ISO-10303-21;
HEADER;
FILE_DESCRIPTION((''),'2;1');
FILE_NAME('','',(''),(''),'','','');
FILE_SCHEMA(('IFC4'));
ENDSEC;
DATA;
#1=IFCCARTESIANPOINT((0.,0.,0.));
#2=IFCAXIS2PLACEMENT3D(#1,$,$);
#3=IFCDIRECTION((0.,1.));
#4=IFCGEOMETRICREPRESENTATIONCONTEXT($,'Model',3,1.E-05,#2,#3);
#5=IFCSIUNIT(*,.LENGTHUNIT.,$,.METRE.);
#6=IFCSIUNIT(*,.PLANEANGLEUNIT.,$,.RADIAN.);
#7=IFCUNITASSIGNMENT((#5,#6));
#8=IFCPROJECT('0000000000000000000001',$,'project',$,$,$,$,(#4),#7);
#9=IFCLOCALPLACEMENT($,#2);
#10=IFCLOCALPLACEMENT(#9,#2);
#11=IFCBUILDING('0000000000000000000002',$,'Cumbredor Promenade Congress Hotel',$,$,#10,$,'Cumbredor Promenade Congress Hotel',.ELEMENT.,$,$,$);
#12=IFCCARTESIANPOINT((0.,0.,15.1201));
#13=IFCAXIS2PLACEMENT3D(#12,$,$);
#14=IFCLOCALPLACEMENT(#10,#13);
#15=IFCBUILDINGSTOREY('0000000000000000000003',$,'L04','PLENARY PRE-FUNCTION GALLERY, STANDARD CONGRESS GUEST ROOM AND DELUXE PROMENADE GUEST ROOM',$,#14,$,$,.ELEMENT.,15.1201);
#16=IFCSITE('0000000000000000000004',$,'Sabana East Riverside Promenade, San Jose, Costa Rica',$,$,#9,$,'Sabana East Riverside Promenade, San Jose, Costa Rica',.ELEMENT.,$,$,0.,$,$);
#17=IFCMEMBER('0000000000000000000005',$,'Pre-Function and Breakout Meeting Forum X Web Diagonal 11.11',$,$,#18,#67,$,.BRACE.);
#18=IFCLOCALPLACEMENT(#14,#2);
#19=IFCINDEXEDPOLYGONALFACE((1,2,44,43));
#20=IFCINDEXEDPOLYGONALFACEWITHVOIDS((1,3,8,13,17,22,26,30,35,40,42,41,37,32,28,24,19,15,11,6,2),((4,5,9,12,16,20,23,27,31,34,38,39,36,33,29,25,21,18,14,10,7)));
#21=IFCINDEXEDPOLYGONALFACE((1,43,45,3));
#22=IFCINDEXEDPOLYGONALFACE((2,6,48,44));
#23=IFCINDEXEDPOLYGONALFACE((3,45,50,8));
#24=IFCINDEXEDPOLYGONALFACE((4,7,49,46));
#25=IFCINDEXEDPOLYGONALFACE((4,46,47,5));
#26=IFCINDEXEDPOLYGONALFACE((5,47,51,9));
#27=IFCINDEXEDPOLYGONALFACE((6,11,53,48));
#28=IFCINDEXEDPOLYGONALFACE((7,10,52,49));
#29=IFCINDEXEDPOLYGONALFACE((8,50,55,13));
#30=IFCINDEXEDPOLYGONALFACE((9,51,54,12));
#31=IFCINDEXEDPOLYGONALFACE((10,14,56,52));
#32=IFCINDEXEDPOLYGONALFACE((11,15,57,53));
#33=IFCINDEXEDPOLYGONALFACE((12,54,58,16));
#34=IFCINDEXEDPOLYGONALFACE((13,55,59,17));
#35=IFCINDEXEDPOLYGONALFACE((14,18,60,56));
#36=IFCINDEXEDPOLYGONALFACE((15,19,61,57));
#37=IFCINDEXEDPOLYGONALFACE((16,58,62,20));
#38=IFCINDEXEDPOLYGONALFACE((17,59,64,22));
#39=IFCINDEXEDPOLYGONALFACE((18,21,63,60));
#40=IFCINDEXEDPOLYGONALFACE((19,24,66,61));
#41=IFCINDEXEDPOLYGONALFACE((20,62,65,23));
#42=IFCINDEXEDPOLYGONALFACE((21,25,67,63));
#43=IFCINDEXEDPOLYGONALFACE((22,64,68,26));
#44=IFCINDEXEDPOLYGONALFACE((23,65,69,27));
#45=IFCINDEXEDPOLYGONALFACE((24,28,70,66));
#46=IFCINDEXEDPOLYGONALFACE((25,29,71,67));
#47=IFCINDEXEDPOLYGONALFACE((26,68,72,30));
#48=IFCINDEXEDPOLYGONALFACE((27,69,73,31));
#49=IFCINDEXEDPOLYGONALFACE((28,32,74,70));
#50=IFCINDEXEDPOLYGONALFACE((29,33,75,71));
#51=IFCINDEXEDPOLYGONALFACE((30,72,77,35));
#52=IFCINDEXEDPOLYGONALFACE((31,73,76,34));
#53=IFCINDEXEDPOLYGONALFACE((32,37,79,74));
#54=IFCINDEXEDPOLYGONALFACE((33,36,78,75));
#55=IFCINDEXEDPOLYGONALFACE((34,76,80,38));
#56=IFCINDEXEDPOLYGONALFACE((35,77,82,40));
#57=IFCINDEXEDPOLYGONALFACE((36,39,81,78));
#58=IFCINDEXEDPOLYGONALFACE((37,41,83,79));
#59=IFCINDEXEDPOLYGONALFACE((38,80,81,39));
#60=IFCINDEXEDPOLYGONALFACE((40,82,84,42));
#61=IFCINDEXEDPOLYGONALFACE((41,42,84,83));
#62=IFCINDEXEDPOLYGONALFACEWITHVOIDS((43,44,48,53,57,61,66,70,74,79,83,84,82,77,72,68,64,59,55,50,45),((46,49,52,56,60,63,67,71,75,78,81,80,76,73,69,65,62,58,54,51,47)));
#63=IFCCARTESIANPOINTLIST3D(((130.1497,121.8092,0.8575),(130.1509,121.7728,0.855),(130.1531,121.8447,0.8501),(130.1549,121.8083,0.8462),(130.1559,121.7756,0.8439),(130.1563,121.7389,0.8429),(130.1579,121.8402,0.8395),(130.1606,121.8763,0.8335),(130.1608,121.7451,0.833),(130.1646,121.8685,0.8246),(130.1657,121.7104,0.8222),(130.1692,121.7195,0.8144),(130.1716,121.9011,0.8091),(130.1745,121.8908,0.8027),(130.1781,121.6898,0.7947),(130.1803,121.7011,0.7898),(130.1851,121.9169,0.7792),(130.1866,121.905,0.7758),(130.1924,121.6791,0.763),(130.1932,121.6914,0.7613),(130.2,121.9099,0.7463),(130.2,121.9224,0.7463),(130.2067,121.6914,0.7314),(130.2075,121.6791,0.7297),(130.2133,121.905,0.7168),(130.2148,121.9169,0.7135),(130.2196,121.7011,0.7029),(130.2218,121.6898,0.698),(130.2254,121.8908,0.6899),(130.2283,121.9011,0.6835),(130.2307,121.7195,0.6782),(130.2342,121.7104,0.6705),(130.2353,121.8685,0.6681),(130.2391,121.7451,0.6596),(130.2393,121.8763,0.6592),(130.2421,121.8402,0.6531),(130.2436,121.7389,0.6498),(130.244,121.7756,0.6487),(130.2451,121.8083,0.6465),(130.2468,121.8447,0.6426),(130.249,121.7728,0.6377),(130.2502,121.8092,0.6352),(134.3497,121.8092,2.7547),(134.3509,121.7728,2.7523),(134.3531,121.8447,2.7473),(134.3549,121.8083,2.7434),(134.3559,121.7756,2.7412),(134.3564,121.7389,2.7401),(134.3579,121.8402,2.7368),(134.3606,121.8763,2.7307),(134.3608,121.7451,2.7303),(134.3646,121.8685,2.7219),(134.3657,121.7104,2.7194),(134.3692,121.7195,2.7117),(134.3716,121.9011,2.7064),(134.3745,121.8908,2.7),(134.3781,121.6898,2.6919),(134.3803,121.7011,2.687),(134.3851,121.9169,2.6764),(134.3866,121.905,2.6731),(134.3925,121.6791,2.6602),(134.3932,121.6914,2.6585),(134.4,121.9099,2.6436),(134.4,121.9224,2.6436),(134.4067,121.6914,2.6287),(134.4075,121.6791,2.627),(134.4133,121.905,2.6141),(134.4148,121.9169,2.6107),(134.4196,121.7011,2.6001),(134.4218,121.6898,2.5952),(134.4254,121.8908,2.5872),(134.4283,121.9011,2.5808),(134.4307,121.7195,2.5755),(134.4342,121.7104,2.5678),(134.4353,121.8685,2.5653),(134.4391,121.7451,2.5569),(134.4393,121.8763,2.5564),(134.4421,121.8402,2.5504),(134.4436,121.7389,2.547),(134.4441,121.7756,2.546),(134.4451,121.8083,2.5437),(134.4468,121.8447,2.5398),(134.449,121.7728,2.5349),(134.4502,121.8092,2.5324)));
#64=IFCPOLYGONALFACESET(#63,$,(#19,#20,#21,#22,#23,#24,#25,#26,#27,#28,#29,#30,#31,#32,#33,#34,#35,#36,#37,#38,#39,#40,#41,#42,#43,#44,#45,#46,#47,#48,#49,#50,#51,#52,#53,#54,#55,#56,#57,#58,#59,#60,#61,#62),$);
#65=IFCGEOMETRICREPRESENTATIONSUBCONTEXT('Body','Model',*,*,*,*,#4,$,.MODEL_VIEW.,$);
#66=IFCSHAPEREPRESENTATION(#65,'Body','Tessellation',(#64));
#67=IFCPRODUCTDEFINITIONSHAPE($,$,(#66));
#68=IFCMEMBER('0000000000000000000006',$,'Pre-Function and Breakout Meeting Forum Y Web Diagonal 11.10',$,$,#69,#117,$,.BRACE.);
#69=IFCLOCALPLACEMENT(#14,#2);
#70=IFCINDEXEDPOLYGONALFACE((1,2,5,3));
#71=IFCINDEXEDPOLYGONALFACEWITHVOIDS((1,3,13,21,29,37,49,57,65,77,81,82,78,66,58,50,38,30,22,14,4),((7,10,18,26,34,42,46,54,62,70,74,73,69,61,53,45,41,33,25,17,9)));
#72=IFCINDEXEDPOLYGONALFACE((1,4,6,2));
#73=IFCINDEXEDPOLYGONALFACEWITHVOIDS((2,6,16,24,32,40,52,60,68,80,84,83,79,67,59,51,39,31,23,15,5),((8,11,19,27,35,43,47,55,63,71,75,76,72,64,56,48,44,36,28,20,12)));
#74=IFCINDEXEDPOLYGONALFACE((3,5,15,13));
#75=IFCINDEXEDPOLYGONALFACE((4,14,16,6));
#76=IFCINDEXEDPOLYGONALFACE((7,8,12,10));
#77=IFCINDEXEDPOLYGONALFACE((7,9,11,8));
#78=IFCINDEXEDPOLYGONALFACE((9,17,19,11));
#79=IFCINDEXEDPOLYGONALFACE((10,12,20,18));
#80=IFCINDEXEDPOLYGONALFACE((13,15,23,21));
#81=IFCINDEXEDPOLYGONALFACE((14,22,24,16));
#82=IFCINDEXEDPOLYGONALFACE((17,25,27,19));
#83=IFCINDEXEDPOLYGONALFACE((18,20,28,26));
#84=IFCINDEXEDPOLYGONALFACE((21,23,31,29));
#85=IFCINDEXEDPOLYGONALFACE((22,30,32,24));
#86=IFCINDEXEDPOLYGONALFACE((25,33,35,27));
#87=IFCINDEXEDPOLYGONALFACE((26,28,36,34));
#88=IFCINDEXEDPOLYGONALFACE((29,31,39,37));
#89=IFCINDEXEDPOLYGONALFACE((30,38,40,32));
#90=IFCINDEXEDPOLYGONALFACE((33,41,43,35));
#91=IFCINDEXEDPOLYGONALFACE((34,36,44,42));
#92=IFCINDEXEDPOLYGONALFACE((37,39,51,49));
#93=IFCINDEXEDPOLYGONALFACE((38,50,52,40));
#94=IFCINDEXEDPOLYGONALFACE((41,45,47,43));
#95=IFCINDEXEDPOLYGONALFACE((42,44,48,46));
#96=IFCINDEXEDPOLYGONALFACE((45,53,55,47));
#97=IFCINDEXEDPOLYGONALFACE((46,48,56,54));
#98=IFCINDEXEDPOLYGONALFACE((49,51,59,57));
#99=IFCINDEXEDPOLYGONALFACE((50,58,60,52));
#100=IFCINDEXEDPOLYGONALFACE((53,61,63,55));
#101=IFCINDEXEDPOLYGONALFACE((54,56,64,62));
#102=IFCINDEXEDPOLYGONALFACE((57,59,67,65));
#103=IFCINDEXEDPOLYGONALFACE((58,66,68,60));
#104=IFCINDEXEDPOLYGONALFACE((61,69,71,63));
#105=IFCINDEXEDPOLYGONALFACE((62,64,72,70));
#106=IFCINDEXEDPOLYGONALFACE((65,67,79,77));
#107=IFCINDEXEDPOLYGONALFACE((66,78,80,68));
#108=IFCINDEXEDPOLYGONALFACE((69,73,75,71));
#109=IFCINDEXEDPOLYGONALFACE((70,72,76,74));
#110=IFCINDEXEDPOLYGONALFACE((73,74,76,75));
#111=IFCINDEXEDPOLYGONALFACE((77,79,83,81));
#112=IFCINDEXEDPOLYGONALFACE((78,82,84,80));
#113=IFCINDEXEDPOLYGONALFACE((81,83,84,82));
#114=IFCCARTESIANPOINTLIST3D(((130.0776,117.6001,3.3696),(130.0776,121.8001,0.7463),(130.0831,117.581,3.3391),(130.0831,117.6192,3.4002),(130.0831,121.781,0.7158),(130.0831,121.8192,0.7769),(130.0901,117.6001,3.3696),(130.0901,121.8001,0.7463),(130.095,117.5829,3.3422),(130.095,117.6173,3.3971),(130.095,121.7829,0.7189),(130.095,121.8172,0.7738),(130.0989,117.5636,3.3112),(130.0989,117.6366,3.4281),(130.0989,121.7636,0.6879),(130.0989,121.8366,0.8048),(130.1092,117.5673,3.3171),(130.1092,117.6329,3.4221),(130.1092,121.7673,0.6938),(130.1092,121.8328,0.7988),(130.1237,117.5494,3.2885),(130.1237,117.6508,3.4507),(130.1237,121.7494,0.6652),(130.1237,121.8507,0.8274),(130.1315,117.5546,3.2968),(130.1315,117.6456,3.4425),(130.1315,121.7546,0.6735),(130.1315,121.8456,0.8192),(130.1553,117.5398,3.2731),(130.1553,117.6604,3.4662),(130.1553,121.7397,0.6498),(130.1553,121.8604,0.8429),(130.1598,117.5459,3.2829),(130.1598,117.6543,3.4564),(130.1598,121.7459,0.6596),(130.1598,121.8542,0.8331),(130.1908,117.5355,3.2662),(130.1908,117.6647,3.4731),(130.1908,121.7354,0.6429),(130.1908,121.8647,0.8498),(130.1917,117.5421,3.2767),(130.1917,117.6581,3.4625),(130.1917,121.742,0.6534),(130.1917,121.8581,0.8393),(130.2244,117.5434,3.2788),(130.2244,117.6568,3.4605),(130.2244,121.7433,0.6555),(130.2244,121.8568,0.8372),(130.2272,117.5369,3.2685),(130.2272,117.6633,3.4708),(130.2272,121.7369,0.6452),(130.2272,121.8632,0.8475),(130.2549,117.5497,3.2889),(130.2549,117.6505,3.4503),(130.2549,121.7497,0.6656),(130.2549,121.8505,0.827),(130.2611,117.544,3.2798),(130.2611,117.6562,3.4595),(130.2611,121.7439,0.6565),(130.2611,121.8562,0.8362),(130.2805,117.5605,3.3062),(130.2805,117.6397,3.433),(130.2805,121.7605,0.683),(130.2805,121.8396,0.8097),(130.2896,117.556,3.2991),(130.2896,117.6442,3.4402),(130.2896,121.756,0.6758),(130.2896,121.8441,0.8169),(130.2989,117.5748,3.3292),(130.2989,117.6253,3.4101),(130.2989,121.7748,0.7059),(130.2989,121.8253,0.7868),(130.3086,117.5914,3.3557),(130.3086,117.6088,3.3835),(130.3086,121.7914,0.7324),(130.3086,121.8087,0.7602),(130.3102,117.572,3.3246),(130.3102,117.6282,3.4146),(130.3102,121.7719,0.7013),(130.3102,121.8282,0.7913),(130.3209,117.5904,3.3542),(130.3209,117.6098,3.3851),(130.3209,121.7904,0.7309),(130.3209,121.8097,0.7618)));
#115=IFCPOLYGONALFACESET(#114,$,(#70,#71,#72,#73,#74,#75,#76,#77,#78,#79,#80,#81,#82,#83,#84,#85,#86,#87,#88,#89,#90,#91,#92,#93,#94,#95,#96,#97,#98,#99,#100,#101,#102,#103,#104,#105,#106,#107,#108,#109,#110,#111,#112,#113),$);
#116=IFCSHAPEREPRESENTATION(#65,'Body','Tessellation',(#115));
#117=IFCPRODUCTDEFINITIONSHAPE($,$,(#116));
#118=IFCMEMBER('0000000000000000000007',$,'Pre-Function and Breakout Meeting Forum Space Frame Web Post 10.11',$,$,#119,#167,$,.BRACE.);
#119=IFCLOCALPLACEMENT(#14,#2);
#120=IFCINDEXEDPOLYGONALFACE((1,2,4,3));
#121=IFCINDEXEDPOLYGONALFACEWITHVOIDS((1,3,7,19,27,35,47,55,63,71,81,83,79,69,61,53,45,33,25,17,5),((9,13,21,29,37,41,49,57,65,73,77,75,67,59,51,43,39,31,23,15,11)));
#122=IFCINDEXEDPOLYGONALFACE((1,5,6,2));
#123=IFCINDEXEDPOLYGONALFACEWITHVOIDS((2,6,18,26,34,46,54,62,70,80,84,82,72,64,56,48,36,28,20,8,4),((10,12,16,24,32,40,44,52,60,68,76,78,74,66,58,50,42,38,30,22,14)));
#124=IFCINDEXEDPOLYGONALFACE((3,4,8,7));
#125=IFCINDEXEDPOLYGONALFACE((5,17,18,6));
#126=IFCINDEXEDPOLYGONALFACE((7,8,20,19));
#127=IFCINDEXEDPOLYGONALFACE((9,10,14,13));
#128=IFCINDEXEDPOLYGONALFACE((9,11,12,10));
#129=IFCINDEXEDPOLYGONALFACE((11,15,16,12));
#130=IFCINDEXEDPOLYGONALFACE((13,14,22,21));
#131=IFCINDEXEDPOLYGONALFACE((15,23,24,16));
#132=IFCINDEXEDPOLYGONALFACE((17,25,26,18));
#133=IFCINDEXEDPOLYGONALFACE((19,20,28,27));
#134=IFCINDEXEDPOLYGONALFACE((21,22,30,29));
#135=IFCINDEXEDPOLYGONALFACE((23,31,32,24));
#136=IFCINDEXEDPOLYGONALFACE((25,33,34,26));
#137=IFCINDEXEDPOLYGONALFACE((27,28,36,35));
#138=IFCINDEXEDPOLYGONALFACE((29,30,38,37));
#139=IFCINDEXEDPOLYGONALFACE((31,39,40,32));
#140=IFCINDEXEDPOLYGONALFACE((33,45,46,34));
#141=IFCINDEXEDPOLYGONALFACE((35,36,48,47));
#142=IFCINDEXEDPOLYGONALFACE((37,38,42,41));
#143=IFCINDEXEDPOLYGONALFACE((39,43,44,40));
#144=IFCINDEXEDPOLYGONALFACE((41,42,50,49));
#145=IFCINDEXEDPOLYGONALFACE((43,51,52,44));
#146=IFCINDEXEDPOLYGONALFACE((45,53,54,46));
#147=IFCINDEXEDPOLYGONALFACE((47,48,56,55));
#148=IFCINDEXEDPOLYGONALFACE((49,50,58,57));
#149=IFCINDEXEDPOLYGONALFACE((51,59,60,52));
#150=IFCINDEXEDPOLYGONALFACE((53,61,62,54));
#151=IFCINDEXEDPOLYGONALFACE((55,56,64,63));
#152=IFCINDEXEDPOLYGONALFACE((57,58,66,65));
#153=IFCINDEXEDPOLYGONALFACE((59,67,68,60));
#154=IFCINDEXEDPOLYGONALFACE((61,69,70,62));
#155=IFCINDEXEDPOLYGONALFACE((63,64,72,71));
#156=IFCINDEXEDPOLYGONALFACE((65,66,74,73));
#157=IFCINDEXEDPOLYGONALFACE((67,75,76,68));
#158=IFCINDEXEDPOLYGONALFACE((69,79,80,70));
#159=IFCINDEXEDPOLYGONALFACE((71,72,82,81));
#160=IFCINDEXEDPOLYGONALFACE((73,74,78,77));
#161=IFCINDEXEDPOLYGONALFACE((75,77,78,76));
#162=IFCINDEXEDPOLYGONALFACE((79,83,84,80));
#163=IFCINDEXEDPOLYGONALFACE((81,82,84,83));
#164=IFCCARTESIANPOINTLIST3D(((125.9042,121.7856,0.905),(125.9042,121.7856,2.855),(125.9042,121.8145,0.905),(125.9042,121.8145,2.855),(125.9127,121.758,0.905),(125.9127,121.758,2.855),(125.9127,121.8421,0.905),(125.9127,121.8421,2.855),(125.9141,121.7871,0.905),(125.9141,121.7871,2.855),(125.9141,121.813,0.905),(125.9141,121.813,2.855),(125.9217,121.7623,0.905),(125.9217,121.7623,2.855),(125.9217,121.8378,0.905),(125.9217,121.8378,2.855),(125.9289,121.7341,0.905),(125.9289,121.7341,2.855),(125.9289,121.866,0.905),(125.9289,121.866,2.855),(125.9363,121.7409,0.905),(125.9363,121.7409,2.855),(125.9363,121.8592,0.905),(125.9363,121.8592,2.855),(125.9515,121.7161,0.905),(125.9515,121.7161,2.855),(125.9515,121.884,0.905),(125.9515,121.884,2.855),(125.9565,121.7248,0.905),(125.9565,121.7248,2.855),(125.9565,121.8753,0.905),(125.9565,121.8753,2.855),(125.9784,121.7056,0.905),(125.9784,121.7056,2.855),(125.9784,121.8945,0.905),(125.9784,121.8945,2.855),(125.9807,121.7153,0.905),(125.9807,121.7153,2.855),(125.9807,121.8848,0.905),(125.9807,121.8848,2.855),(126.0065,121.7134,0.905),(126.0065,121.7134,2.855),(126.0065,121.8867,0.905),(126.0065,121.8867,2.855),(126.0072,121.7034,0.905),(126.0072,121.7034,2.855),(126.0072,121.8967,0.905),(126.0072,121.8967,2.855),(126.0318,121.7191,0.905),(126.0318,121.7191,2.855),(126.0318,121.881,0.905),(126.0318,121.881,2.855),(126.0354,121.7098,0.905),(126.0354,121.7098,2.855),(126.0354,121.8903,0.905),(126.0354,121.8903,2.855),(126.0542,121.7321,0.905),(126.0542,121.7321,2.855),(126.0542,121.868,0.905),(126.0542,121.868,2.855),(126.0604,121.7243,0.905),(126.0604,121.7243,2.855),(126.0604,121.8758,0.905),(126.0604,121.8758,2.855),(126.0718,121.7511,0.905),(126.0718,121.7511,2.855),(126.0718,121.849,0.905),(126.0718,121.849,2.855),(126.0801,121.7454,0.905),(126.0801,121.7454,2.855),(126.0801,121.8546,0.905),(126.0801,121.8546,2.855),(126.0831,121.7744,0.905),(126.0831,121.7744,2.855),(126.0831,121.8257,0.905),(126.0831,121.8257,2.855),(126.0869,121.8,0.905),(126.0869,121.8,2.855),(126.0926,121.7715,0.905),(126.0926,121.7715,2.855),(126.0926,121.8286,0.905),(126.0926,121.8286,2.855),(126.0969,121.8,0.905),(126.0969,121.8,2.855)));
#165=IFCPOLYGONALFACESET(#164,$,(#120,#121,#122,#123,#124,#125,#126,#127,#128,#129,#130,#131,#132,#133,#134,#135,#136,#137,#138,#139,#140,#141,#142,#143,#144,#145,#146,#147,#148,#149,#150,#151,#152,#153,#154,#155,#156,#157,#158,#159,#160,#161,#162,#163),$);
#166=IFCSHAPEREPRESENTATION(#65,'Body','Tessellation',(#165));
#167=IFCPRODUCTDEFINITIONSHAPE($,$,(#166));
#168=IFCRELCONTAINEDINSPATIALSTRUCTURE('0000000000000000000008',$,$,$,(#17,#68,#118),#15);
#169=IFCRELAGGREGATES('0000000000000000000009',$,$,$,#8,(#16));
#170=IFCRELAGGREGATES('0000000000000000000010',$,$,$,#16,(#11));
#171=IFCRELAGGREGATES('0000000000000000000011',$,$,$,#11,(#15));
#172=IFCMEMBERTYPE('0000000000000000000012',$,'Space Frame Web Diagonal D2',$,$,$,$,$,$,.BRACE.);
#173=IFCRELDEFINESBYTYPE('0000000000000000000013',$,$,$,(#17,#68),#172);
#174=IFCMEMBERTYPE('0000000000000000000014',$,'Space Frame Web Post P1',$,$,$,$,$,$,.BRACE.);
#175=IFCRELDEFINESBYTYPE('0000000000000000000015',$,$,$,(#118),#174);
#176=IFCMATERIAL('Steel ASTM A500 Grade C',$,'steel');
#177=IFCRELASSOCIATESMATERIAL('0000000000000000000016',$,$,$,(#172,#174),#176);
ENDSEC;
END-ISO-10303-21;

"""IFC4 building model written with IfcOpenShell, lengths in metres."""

from ifc_helpers import new_model, si_unit, direction, frame, origin, origin_2d, place, context, subcontext, project, spatial, hollow_circle, extrude, material, material_profile, profile_set, type_object, element, save


model = new_model("IFC4")

# Units and contexts
model_context = context("Model", 3, precision=1e-05, world=origin(), true_north=direction((0.0, 1.0)))
body_context = subcontext(model_context, "Body", "Model", "MODEL_VIEW")
ifc_project = project(units=[si_unit("LENGTHUNIT", "METRE"), si_unit("PLANEANGLEUNIT", "RADIAN")], contexts=[model_context])

# Site, building, storey
site_placement = place(None, origin())
site = spatial("IfcSite", under=ifc_project, at=site_placement, Name="Sabana East Riverside Promenade, San Jose, Costa Rica", LongName="Sabana East Riverside Promenade, San Jose, Costa Rica", CompositionType="ELEMENT", RefElevation=0.0)
building_placement = place(site_placement, origin())
building = spatial("IfcBuilding", under=site, at=building_placement, Name="Cumbredor Promenade Congress Hotel", LongName="Cumbredor Promenade Congress Hotel", CompositionType="ELEMENT")
storey_placement = place(building_placement, frame((0.0, 0.0, 15.1201)))
storey = spatial("IfcBuildingStorey", under=building, at=storey_placement, Name="L04", Description="PLENARY PRE-FUNCTION GALLERY, STANDARD CONGRESS GUEST ROOM AND DELUXE PROMENADE GUEST ROOM", CompositionType="ELEMENT", Elevation=15.1201)

# Members
ifc_material_1 = material(Name="Steel ASTM A500 Grade C", Category="steel")
ifc_material_profile_1 = material_profile(ifc_material_1, hollow_circle(Radius=0.1223, WallThickness=0.0125, at=origin_2d()), Name="CHS 244.5x12.5")
ifc_profile_set_1 = profile_set([ifc_material_profile_1], Name="Steel ASTM A500 Grade C")
member_type_1 = type_object("IfcMemberType", Name="Space Frame Web Diagonal D2", PredefinedType="BRACE", material=ifc_profile_set_1)
member_1_placement = place(storey_placement, frame((130.2, 121.8, 0.7463), z_axis=(0.911333, 0.0, 0.41167), x_axis=(0.0, 1.0, 0.0)))
element("IfcMember", 1, at=member_1_placement, inside=storey, type_object=member_type_1, Name="Pre-Function and Breakout Meeting Forum X Web Diagonal 11.11", PredefinedType="BRACE", context=body_context, shape_type="SweptSolid", body=[
    extrude(hollow_circle(Radius=0.1223, WallThickness=0.0125, at=origin_2d()), origin(), (0.0, 0.0, 1.0), 4.6086),
])
member_2_placement = place(storey_placement, frame((130.2, 117.6001, 3.3696), z_axis=(0.0, 0.848151, -0.529755), x_axis=(-1.0, 0.0, 0.0)))
element("IfcMember", 2, at=member_2_placement, inside=storey, type_object=member_type_1, Name="Pre-Function and Breakout Meeting Forum Y Web Diagonal 11.10", PredefinedType="BRACE", context=body_context, shape_type="SweptSolid", body=[
    extrude(hollow_circle(Radius=0.1223, WallThickness=0.0125, at=origin_2d()), origin(), (0.0, 0.0, 1.0), 4.9519),
])
ifc_material_profile_2 = material_profile(ifc_material_1, hollow_circle(Radius=0.0969, WallThickness=0.01, at=origin_2d()), Name="CHS 193.7x10")
ifc_profile_set_2 = profile_set([ifc_material_profile_2], Name="Steel ASTM A500 Grade C")
member_type_2 = type_object("IfcMemberType", Name="Space Frame Web Post P1", PredefinedType="BRACE", material=ifc_profile_set_2)
for number, where, z_axis, x_axis, name in (
    (3, (126.0, 121.8, 0.905), (0.0, 0.0, 1.0), (1.0, 0.0, 0.0), "Pre-Function and Breakout Meeting Forum Space Frame Web Post 10.11"),
):
    element("IfcMember", number, at=place(storey_placement, frame(where, z_axis=z_axis, x_axis=x_axis)), inside=storey, type_object=member_type_2, Name=name, PredefinedType="BRACE", context=body_context, shape_type="SweptSolid", body=[
        extrude(hollow_circle(Radius=0.0969, WallThickness=0.01, at=origin_2d()), origin(), (0.0, 0.0, 1.0), 1.95),
    ])

save(model, "model.ifc")
